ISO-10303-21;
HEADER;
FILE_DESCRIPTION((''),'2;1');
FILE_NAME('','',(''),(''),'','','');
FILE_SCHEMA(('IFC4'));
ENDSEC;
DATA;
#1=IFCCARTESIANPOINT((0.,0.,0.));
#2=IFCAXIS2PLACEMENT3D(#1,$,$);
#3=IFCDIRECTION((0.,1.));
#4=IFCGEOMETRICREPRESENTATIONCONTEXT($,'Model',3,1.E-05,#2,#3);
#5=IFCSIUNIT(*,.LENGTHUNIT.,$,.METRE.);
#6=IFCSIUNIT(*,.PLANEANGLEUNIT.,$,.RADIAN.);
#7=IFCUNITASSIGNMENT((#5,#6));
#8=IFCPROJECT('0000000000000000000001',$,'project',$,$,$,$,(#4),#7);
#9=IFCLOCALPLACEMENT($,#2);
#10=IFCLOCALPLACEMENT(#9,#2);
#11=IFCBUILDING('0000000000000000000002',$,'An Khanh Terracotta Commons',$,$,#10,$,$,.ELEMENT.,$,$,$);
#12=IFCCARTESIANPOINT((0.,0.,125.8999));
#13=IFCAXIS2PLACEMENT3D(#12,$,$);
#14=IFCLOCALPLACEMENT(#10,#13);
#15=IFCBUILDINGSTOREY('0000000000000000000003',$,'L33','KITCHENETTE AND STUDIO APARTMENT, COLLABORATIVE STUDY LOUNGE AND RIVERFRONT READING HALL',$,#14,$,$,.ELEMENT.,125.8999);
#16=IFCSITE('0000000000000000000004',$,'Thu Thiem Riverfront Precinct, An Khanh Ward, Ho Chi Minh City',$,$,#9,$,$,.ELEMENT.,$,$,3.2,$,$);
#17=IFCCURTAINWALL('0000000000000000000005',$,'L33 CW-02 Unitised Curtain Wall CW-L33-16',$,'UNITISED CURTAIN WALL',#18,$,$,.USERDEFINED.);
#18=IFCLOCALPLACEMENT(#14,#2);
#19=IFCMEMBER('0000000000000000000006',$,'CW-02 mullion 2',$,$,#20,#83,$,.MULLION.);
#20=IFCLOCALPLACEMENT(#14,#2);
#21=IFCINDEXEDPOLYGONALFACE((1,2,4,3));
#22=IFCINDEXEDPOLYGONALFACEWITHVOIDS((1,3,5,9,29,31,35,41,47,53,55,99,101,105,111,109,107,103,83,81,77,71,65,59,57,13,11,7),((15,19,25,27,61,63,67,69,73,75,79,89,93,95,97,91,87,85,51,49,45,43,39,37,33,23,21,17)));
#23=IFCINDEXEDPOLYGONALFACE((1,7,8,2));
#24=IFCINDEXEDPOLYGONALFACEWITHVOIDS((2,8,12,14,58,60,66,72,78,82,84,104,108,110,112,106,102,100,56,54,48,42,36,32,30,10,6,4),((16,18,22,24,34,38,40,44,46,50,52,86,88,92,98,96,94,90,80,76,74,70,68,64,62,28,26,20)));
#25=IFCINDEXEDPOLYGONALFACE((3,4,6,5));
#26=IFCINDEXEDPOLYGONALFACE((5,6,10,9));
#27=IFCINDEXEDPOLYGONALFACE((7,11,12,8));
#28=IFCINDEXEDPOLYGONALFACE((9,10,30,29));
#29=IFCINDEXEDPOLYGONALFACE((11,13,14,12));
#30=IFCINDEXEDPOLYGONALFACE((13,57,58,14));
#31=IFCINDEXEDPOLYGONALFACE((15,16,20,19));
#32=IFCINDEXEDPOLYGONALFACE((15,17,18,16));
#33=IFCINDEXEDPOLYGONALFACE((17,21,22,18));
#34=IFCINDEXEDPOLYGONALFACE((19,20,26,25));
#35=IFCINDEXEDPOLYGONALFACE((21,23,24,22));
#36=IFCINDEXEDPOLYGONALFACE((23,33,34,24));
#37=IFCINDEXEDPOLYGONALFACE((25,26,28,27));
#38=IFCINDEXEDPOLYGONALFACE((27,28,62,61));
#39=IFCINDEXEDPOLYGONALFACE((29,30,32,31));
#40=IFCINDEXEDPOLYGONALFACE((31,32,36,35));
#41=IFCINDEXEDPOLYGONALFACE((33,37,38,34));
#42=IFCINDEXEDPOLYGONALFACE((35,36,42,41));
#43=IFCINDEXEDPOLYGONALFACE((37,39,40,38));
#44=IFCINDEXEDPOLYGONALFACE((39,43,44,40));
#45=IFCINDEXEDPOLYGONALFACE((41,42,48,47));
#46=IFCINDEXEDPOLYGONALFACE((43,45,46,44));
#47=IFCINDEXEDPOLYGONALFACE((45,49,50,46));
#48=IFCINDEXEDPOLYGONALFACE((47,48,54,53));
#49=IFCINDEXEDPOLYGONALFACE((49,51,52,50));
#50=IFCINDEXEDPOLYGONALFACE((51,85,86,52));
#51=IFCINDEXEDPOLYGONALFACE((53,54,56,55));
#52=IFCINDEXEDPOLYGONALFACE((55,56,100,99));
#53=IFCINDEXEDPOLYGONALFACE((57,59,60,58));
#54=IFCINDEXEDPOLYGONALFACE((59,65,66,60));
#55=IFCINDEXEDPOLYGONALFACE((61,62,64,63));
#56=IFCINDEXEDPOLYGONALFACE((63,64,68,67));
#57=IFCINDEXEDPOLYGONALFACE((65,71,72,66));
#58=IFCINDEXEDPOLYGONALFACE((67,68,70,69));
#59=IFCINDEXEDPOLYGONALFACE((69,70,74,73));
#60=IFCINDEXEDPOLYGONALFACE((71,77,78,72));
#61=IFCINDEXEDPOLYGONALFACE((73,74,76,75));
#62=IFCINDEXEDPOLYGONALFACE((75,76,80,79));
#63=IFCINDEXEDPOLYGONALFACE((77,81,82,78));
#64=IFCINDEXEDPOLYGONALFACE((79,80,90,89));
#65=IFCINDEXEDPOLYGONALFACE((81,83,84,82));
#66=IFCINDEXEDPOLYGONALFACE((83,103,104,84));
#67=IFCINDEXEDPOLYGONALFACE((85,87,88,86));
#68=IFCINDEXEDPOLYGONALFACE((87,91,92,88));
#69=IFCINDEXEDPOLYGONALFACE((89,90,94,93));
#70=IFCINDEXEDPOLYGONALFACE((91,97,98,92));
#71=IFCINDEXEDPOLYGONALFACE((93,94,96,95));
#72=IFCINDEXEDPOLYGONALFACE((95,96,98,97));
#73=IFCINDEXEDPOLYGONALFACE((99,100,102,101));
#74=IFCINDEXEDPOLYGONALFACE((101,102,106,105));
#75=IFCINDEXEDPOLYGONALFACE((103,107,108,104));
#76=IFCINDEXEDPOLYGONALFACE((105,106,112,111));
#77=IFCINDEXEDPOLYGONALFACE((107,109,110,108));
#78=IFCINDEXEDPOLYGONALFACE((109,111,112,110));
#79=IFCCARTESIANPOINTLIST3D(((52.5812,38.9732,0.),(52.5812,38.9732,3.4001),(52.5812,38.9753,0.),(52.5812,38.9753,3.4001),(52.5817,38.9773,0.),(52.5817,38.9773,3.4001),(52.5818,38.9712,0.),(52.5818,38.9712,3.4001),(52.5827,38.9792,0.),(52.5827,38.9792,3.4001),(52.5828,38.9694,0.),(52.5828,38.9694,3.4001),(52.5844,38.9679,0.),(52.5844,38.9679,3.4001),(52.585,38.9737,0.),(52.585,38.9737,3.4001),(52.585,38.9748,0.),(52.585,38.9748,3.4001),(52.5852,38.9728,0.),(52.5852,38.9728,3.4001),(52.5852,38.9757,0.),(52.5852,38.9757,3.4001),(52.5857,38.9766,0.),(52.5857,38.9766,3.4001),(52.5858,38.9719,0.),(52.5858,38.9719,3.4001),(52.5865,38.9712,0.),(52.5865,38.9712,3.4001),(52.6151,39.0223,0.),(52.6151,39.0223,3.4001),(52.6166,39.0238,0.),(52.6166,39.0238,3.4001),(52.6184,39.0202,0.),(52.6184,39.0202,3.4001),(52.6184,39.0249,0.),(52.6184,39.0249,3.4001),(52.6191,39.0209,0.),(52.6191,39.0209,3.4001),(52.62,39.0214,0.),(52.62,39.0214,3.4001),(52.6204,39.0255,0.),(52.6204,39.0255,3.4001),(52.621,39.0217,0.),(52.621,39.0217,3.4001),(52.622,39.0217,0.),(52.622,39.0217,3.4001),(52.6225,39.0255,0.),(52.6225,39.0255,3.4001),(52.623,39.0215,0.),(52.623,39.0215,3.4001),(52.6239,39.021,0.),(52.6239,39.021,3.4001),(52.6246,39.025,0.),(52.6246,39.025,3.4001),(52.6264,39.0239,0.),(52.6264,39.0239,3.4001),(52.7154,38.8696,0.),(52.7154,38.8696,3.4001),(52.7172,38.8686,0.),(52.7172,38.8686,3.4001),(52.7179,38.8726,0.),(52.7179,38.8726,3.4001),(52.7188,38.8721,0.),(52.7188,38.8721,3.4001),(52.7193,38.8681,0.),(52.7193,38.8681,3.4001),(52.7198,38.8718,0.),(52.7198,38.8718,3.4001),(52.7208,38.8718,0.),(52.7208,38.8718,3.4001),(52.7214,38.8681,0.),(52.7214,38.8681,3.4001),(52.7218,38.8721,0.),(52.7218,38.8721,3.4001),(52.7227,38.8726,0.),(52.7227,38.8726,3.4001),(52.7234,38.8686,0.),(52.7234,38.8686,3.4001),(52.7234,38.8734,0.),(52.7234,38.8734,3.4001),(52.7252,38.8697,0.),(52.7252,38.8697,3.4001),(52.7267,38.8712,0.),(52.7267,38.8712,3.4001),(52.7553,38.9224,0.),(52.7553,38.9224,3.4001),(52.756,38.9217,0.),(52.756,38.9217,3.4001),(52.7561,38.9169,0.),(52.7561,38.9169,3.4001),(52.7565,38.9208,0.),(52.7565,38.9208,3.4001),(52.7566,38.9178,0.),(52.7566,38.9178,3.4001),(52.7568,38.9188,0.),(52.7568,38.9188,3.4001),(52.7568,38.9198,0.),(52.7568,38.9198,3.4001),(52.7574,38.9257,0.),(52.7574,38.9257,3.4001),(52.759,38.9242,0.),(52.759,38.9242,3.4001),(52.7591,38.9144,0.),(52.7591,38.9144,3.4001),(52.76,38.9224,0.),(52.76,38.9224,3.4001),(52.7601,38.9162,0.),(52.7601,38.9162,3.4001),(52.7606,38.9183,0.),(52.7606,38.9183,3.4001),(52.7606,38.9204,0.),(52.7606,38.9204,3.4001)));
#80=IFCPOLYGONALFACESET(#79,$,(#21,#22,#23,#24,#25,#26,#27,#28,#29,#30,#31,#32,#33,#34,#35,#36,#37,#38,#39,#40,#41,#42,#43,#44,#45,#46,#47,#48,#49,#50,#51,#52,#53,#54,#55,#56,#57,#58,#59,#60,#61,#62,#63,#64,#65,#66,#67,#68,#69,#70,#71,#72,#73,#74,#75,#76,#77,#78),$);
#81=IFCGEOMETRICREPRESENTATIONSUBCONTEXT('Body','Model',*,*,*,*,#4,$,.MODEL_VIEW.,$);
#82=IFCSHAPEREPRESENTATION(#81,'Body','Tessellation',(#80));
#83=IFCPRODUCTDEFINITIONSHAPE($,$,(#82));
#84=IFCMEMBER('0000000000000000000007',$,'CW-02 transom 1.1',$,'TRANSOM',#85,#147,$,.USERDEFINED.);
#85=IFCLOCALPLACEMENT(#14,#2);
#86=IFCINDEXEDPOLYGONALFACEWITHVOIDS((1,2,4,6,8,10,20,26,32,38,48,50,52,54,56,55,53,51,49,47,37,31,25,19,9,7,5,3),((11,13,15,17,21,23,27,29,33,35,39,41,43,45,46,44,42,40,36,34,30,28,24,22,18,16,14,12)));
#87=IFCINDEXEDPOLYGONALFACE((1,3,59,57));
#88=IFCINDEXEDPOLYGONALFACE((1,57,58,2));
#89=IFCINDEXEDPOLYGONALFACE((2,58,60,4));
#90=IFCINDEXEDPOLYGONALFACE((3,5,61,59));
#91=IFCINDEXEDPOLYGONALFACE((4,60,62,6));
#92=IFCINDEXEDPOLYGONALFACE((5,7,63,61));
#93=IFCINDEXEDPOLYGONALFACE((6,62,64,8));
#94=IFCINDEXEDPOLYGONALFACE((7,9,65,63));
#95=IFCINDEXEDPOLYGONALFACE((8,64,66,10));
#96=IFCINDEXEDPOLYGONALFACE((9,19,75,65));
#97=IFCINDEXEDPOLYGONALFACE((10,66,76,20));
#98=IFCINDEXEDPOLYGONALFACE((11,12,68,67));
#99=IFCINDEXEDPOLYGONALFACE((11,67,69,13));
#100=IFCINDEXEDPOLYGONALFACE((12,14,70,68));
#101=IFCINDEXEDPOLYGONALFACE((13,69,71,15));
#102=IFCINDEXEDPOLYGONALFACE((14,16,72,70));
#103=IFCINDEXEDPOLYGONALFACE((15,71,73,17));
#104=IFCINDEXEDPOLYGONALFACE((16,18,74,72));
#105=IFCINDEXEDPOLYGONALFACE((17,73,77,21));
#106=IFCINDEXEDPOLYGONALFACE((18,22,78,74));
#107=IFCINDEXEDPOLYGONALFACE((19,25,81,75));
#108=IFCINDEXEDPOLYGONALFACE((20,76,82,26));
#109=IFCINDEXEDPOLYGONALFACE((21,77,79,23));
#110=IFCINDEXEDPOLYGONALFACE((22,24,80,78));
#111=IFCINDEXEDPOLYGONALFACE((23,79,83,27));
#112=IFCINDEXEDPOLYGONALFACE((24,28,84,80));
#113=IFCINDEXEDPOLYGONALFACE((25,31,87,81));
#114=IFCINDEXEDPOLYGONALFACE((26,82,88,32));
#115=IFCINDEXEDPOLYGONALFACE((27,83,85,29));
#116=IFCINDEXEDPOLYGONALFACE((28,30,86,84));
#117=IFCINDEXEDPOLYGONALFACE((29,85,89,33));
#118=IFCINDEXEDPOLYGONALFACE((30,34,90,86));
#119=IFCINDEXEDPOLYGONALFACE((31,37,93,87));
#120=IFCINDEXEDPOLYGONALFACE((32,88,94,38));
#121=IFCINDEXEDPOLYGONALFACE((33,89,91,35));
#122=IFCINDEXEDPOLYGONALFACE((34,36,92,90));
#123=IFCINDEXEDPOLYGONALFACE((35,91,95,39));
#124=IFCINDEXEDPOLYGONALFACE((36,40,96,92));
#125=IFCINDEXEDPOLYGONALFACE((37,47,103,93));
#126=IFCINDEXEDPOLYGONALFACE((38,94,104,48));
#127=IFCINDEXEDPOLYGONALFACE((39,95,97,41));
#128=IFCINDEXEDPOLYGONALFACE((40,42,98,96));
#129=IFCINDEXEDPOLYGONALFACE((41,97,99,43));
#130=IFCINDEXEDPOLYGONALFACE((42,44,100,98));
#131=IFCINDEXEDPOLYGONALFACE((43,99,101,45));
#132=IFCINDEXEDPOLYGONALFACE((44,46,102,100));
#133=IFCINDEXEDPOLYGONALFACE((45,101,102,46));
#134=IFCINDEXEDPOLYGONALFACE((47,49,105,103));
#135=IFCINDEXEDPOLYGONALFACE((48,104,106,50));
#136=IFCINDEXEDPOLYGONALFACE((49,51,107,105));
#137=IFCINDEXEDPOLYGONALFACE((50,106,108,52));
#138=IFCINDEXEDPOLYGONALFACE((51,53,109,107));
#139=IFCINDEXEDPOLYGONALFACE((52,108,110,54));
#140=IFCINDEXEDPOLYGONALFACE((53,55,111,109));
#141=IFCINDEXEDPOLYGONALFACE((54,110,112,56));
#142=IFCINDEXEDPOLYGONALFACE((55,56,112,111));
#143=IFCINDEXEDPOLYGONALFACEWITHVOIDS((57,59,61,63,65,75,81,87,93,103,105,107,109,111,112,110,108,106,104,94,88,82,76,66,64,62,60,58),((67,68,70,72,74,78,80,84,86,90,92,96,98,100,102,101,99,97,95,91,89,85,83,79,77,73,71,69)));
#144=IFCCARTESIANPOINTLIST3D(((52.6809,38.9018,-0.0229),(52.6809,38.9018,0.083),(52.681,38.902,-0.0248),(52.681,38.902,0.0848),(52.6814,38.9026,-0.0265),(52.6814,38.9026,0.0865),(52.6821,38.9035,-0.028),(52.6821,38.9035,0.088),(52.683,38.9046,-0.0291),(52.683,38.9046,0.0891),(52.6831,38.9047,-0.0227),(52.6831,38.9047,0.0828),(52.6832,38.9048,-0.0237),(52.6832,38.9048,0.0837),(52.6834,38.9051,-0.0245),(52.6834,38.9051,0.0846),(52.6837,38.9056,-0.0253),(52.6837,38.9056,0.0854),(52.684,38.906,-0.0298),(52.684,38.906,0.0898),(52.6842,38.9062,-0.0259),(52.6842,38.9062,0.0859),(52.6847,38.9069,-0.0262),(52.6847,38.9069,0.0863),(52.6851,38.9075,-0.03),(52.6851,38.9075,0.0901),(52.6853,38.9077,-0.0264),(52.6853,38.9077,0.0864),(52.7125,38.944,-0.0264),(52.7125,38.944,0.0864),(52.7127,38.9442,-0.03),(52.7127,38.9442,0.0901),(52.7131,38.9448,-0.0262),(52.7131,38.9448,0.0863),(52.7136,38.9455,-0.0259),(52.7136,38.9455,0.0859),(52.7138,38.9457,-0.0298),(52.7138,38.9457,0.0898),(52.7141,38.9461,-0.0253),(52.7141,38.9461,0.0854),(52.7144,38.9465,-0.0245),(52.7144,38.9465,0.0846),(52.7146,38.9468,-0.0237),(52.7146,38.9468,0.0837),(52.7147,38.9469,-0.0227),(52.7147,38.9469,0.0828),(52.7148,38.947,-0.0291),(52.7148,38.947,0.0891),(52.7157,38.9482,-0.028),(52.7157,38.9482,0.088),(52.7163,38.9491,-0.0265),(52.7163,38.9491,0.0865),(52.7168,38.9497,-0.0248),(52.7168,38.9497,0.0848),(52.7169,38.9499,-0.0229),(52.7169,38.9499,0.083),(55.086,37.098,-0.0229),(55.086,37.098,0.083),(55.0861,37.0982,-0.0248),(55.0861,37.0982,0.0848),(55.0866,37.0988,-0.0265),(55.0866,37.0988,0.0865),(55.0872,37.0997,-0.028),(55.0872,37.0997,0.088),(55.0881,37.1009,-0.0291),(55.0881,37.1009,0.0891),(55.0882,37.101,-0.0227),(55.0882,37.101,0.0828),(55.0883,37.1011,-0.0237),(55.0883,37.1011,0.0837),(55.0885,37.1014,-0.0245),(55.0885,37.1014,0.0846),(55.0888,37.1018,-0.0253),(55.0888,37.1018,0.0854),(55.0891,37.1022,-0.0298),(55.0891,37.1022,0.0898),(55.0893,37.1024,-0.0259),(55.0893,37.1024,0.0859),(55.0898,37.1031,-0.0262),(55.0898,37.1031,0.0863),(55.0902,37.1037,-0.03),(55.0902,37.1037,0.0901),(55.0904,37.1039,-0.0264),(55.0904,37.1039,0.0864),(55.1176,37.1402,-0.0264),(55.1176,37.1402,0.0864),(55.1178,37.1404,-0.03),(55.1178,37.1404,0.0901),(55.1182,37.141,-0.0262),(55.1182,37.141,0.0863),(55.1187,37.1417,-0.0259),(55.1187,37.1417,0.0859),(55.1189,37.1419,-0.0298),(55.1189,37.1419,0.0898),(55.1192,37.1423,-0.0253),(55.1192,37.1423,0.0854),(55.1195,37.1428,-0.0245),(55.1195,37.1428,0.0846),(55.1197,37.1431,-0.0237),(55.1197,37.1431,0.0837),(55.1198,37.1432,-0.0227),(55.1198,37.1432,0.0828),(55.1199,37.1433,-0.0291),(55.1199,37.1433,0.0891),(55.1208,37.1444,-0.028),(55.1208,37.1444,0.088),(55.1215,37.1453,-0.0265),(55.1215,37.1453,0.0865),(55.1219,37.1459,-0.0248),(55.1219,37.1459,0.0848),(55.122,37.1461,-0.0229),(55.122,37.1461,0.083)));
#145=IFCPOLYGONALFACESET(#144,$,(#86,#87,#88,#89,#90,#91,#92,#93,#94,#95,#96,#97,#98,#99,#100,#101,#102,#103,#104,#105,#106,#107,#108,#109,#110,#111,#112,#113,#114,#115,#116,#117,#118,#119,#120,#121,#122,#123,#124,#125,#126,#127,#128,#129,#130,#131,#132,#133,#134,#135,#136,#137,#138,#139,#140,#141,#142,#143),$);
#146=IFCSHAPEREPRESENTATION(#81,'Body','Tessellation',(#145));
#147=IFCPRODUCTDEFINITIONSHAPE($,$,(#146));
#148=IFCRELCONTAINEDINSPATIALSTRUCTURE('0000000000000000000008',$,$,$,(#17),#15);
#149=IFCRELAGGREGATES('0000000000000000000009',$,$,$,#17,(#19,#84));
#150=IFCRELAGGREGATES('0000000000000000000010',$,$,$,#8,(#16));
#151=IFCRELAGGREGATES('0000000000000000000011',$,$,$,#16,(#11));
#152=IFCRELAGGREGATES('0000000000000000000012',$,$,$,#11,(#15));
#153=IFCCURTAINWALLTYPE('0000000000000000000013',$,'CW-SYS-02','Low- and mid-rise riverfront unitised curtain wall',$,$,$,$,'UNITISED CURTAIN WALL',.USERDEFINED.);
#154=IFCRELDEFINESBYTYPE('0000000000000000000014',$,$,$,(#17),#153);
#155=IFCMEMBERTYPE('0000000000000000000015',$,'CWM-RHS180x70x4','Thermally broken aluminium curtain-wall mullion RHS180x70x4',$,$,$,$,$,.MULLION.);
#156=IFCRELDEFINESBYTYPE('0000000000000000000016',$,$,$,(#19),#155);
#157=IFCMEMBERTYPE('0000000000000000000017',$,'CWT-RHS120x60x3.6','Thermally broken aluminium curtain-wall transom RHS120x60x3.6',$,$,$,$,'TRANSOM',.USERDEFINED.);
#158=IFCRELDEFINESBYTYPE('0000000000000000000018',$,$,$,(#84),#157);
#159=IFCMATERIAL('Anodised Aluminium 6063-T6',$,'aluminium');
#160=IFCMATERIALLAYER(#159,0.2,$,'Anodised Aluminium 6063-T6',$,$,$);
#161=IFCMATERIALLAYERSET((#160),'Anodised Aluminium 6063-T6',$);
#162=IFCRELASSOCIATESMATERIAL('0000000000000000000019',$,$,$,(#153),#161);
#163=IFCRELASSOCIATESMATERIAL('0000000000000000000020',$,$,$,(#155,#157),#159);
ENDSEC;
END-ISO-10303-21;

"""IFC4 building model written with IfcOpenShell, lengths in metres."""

from ifc_helpers import new_model, si_unit, direction, frame, origin, origin_2d, place, context, subcontext, project, spatial, hollow_rectangle, extrude, material, layer, layer_set, material_profile, profile_set, type_object, element, aggregate, save


model = new_model("IFC4")

# Units and contexts
model_context = context("Model", 3, precision=1e-05, world=origin(), true_north=direction((0.0, 1.0)))
body_context = subcontext(model_context, "Body", "Model", "MODEL_VIEW")
ifc_project = project(units=[si_unit("LENGTHUNIT", "METRE"), si_unit("PLANEANGLEUNIT", "RADIAN")], contexts=[model_context])

# Site, building, storey
site_placement = place(None, origin())
site = spatial("IfcSite", under=ifc_project, at=site_placement, Name="Thu Thiem Riverfront Precinct, An Khanh Ward, Ho Chi Minh City", CompositionType="ELEMENT", RefElevation=3.2)
building_placement = place(site_placement, origin())
building = spatial("IfcBuilding", under=site, at=building_placement, Name="An Khanh Terracotta Commons", CompositionType="ELEMENT")
storey_placement = place(building_placement, frame((0.0, 0.0, 125.8999)))
storey = spatial("IfcBuildingStorey", under=building, at=storey_placement, Name="L33", Description="KITCHENETTE AND STUDIO APARTMENT, COLLABORATIVE STUDY LOUNGE AND RIVERFRONT READING HALL", CompositionType="ELEMENT", Elevation=125.8999)

# Shared definitions
ifc_material_1 = material(Name="Anodised Aluminium 6063-T6", Category="aluminium")

# Curtain wall, members
ifc_layer_1 = layer(ifc_material_1, 0.2, Name="Anodised Aluminium 6063-T6")
ifc_layer_set_1 = layer_set([ifc_layer_1], Name="Anodised Aluminium 6063-T6")
curtain_wall_type_1 = type_object("IfcCurtainWallType", Name="CW-SYS-02", Description="Low- and mid-rise riverfront unitised curtain wall", ElementType="UNITISED CURTAIN WALL", PredefinedType="USERDEFINED", material=ifc_layer_set_1)
curtain_wall_1_placement = place(storey_placement, origin())
curtain_wall_1 = element("IfcCurtainWall", 1, at=curtain_wall_1_placement, inside=storey, type_object=curtain_wall_type_1, Name="L33 CW-02 Unitised Curtain Wall CW-L33-16", ObjectType="UNITISED CURTAIN WALL", PredefinedType="USERDEFINED")
ifc_material_profile_1 = material_profile(ifc_material_1, hollow_rectangle(XDim=0.0701, YDim=0.1799, WallThickness=0.0039, InnerFilletRadius=0.0039, OuterFilletRadius=0.0081, at=origin_2d()), Name="RHS180x70x4")
ifc_profile_set_1 = profile_set([ifc_material_profile_1], Name="Anodised Aluminium 6063-T6")
member_type_1 = type_object("IfcMemberType", Name="CWM-RHS180x70x4", Description="Thermally broken aluminium curtain-wall mullion RHS180x70x4", PredefinedType="MULLION", material=ifc_profile_set_1)
member_1_placement = place(storey_placement, frame((52.6709, 38.9468, 0.0), z_axis=(0.0, 0.0, 1.0), x_axis=(-0.599983, -0.800013, 0.0)))
member_1 = element("IfcMember", 2, at=member_1_placement, type_object=member_type_1, Name="CW-02 mullion 2", PredefinedType="MULLION", context=body_context, shape_type="SweptSolid", body=[
    extrude(hollow_rectangle(XDim=0.0701, YDim=0.1799, WallThickness=0.0039, InnerFilletRadius=0.0039, OuterFilletRadius=0.0081, at=origin_2d()), origin(), (0.0, 0.0, 1.0), 3.4001),
])
ifc_material_profile_2 = material_profile(ifc_material_1, hollow_rectangle(XDim=0.0601, YDim=0.1201, WallThickness=0.0037, InnerFilletRadius=0.0037, OuterFilletRadius=0.0071, at=origin_2d()), Name="RHS120x60x3.6")
ifc_profile_set_2 = profile_set([ifc_material_profile_2], Name="Anodised Aluminium 6063-T6")
member_type_2 = type_object("IfcMemberType", Name="CWT-RHS120x60x3.6", Description="Thermally broken aluminium curtain-wall transom RHS120x60x3.6", ElementType="TRANSOM", PredefinedType="USERDEFINED", material=ifc_profile_set_2)
member_2_placement = place(storey_placement, frame((55.104, 37.1221, 0.03), z_axis=(-0.80001, 0.599987, 0.0), x_axis=(-0.599987, -0.80001, 0.0)))
member_2 = element("IfcMember", 3, at=member_2_placement, type_object=member_type_2, Name="CW-02 transom 1.1", ObjectType="TRANSOM", PredefinedType="USERDEFINED", context=body_context, shape_type="SweptSolid", body=[
    extrude(hollow_rectangle(XDim=0.0601, YDim=0.1201, WallThickness=0.0037, InnerFilletRadius=0.0037, OuterFilletRadius=0.0071, at=origin_2d()), origin(), (0.0, 0.0, 1.0), 3.0063),
])

aggregate(curtain_wall_1, [member_1, member_2])

save(model, "model.ifc")
